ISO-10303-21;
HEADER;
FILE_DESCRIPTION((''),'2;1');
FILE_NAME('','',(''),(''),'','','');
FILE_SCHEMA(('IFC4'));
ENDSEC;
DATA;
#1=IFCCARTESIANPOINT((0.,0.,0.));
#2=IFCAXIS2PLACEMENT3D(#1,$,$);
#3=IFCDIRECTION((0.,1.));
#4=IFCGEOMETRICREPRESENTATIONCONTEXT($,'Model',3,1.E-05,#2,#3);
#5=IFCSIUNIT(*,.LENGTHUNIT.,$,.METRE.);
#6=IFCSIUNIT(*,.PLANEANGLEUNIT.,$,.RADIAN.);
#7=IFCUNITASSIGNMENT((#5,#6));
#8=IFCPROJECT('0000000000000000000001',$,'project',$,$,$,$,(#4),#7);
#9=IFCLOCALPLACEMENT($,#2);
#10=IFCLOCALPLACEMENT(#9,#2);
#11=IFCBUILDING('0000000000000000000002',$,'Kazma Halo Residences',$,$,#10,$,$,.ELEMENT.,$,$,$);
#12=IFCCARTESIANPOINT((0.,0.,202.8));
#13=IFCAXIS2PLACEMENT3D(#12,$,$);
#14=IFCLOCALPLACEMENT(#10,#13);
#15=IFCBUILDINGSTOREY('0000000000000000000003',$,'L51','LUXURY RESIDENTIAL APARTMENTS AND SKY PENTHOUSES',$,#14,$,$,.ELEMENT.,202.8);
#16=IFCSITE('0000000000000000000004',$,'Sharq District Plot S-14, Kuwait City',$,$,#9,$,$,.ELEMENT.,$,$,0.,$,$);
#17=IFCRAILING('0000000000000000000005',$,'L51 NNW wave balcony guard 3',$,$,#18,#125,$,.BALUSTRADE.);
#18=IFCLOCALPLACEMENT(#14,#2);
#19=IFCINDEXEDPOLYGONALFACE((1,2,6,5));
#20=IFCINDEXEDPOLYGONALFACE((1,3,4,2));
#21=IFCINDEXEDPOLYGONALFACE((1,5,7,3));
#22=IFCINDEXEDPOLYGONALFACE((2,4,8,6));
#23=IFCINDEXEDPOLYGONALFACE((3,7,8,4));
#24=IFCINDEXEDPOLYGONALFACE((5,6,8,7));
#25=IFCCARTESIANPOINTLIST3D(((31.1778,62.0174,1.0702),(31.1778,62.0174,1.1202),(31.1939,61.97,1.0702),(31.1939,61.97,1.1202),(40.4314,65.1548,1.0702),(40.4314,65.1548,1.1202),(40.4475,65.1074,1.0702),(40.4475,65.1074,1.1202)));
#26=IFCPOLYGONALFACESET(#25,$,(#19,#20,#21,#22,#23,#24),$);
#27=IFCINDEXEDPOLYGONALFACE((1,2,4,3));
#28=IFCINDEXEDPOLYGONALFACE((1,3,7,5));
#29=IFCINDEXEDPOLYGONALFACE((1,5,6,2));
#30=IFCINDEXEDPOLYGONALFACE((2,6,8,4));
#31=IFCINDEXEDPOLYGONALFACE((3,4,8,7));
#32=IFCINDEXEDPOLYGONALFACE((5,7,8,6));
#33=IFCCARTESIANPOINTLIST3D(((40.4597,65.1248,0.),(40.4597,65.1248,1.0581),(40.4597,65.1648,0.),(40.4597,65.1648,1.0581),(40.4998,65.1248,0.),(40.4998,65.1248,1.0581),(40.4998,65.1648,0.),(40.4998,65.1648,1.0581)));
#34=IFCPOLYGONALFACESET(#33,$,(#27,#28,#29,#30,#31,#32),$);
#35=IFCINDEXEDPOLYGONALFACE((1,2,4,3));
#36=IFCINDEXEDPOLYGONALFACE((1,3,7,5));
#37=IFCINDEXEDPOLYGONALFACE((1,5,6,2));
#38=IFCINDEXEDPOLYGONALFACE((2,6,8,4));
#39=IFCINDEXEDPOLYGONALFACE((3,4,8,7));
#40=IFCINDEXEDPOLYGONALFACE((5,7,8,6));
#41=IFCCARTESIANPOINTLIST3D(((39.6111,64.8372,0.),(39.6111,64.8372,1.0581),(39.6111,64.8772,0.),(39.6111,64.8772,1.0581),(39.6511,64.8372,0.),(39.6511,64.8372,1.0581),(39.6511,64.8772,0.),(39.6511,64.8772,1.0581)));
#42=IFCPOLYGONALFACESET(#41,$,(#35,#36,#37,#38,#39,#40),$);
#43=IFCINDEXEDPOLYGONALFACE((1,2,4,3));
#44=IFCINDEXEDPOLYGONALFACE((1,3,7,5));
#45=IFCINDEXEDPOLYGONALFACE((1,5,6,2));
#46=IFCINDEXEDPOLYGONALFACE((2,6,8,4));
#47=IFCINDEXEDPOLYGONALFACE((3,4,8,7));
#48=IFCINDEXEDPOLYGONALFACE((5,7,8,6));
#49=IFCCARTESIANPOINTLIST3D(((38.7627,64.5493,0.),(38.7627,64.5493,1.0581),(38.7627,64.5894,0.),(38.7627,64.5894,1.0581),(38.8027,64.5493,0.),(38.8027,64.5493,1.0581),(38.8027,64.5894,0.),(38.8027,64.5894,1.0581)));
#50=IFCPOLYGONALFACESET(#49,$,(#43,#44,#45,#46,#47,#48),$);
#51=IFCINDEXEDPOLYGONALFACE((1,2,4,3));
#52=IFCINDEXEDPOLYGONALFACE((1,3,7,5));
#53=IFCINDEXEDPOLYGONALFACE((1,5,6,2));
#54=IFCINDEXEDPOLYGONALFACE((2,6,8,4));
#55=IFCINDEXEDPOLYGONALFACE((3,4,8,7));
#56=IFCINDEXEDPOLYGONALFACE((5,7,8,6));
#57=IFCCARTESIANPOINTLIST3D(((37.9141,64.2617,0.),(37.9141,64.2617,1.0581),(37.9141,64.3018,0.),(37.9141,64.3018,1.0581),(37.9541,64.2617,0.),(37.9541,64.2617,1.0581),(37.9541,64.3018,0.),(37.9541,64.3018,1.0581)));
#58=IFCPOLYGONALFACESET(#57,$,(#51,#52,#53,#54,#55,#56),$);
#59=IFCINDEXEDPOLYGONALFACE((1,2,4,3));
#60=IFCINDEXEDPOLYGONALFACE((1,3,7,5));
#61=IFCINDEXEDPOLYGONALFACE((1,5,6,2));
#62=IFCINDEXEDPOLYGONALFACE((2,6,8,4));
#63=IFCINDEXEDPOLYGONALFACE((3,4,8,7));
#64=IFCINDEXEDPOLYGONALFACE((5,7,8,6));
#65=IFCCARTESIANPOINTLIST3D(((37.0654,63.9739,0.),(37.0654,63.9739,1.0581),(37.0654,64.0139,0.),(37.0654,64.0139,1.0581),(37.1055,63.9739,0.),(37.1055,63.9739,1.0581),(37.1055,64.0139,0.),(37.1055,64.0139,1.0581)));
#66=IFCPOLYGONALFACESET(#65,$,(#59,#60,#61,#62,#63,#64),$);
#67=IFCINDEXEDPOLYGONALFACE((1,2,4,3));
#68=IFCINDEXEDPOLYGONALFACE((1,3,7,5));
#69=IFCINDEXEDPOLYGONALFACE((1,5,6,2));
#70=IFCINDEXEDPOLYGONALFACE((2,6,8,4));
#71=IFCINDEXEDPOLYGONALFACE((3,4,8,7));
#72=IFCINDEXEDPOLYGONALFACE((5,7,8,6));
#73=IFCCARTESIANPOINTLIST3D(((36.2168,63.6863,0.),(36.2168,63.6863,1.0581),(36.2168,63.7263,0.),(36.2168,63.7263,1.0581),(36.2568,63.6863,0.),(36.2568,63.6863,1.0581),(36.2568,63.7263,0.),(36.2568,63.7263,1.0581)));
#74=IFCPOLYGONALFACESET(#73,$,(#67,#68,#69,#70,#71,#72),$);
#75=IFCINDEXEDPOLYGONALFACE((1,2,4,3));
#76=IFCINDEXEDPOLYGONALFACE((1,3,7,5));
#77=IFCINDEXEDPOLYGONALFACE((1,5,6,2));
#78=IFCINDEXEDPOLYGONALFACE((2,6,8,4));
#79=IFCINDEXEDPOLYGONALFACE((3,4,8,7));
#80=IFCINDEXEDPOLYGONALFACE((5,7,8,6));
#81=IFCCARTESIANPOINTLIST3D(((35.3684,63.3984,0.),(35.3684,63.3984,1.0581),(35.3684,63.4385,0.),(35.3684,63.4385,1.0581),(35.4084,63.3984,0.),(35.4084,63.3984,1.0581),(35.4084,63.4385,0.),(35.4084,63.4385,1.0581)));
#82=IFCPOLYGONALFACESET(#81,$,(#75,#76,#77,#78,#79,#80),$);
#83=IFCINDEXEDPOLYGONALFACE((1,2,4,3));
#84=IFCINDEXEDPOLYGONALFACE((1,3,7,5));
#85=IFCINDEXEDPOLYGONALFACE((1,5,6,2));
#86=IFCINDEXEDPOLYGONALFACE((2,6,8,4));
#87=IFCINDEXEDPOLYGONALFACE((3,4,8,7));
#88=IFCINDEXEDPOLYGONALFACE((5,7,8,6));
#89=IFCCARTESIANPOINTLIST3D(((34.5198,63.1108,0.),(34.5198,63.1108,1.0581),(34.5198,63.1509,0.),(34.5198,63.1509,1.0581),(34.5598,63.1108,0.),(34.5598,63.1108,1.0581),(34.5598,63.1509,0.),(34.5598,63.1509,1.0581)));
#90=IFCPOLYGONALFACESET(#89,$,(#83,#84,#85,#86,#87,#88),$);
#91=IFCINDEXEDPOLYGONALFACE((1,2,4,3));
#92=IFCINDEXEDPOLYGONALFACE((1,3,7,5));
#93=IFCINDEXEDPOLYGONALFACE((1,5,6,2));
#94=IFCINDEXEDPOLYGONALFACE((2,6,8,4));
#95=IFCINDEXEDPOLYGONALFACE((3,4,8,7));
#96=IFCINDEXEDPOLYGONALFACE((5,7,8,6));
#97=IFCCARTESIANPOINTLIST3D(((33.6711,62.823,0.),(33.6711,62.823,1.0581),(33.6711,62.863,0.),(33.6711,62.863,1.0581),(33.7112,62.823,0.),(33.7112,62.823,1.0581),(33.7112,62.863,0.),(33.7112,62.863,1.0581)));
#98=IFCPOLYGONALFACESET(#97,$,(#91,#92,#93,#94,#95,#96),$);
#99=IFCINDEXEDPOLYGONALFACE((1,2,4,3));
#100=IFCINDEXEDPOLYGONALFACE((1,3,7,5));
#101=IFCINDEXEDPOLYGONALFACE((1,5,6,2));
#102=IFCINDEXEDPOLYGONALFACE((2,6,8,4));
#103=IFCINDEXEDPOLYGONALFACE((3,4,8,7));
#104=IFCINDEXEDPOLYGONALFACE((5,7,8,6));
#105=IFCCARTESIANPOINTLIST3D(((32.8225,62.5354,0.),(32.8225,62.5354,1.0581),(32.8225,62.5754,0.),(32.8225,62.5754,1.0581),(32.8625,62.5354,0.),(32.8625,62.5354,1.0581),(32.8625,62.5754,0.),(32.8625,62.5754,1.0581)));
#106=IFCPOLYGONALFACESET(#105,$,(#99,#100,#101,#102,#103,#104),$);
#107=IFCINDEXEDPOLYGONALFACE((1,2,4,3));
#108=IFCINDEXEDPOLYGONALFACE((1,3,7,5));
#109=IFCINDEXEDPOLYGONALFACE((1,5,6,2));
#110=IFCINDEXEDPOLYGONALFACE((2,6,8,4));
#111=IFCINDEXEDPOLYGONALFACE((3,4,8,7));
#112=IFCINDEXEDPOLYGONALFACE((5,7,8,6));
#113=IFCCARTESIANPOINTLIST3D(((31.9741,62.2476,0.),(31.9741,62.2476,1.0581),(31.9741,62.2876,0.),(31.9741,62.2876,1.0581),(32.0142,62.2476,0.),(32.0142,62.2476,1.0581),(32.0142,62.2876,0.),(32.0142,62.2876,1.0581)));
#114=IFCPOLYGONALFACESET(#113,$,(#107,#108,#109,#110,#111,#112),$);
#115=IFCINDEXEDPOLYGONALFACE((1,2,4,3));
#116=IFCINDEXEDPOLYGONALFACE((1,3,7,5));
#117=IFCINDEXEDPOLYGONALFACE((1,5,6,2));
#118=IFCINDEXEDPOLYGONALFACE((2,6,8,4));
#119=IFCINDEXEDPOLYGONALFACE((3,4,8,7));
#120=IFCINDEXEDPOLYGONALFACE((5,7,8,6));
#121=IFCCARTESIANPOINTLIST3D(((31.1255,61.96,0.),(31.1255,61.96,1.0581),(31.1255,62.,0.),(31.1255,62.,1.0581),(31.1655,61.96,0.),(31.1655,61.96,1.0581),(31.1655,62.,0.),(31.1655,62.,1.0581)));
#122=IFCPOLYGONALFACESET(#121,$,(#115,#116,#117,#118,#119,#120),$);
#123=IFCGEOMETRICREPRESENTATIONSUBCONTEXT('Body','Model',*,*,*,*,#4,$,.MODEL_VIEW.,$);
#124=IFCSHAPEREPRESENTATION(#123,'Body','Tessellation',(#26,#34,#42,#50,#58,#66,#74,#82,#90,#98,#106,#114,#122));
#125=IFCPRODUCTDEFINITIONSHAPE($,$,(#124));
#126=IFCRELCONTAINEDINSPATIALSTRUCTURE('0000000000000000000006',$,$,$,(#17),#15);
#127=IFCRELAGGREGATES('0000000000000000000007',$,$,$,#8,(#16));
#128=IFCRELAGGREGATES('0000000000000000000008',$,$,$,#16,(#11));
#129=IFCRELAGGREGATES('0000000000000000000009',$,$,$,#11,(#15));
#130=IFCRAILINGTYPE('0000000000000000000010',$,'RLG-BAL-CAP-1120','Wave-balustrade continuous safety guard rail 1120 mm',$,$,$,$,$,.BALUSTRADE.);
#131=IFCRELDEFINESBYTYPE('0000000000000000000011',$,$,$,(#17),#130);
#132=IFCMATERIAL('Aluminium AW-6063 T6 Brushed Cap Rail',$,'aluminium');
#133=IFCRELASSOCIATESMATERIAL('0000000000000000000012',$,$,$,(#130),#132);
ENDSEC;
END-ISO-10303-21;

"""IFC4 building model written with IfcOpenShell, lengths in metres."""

from ifc_helpers import new_model, si_unit, direction, frame, origin, origin_2d, place, context, subcontext, project, spatial, rectangle, extrude, material, type_object, element, save


model = new_model("IFC4")

# Units and contexts
model_context = context("Model", 3, precision=1e-05, world=origin(), true_north=direction((0.0, 1.0)))
body_context = subcontext(model_context, "Body", "Model", "MODEL_VIEW")
ifc_project = project(units=[si_unit("LENGTHUNIT", "METRE"), si_unit("PLANEANGLEUNIT", "RADIAN")], contexts=[model_context])

# Site, building, storey
site_placement = place(None, origin())
site = spatial("IfcSite", under=ifc_project, at=site_placement, Name="Sharq District Plot S-14, Kuwait City", CompositionType="ELEMENT", RefElevation=0.0)
building_placement = place(site_placement, origin())
building = spatial("IfcBuilding", under=site, at=building_placement, Name="Kazma Halo Residences", CompositionType="ELEMENT")
storey_placement = place(building_placement, frame((0.0, 0.0, 202.8)))
storey = spatial("IfcBuildingStorey", under=building, at=storey_placement, Name="L51", Description="LUXURY RESIDENTIAL APARTMENTS AND SKY PENTHOUSES", CompositionType="ELEMENT", Elevation=202.8)

# Railing
ifc_material_1 = material(Name="Aluminium AW-6063 T6 Brushed Cap Rail", Category="aluminium")
railing_type = type_object("IfcRailingType", Name="RLG-BAL-CAP-1120", Description="Wave-balustrade continuous safety guard rail 1120 mm", PredefinedType="BALUSTRADE", material=ifc_material_1)
railing_placement = place(storey_placement, frame((40.4797, 65.1448, 0.0)))
element("IfcRailing", 1, at=railing_placement, inside=storey, type_object=railing_type, Name="L51 NNW wave balcony guard 3", PredefinedType="BALUSTRADE", context=body_context, shape_type="SweptSolid", body=[
    extrude(rectangle(XDim=0.05, YDim=0.05, at=origin_2d()), frame((-0.0403, -0.0137, 1.0952), z_axis=(-0.947046, -0.321098, 0.0), x_axis=(0.321098, -0.947046, 0.0)), (0.0, 0.0, 1.0), 9.771),
    extrude(rectangle(XDim=0.04, YDim=0.04, at=origin_2d()), origin(), (0.0, 0.0, 1.0), 1.0581),
    extrude(rectangle(XDim=0.04, YDim=0.04, at=origin_2d()), frame((-0.8486, -0.2876, 0.0)), (0.0, 0.0, 1.0), 1.0581),
    extrude(rectangle(XDim=0.04, YDim=0.04, at=origin_2d()), frame((-1.697, -0.5754, 0.0)), (0.0, 0.0, 1.0), 1.0581),
    extrude(rectangle(XDim=0.04, YDim=0.04, at=origin_2d()), frame((-2.5457, -0.863, 0.0)), (0.0, 0.0, 1.0), 1.0581),
    extrude(rectangle(XDim=0.04, YDim=0.04, at=origin_2d()), frame((-3.3943, -1.1509, 0.0)), (0.0, 0.0, 1.0), 1.0581),
    extrude(rectangle(XDim=0.04, YDim=0.04, at=origin_2d()), frame((-4.2429, -1.4385, 0.0)), (0.0, 0.0, 1.0), 1.0581),
    extrude(rectangle(XDim=0.04, YDim=0.04, at=origin_2d()), frame((-5.0913, -1.7263, 0.0)), (0.0, 0.0, 1.0), 1.0581),
    extrude(rectangle(XDim=0.04, YDim=0.04, at=origin_2d()), frame((-5.9399, -2.0139, 0.0)), (0.0, 0.0, 1.0), 1.0581),
    extrude(rectangle(XDim=0.04, YDim=0.04, at=origin_2d()), frame((-6.7886, -2.3018, 0.0)), (0.0, 0.0, 1.0), 1.0581),
    extrude(rectangle(XDim=0.04, YDim=0.04, at=origin_2d()), frame((-7.6372, -2.5894, 0.0)), (0.0, 0.0, 1.0), 1.0581),
    extrude(rectangle(XDim=0.04, YDim=0.04, at=origin_2d()), frame((-8.4856, -2.8772, 0.0)), (0.0, 0.0, 1.0), 1.0581),
    extrude(rectangle(XDim=0.04, YDim=0.04, at=origin_2d()), frame((-9.3342, -3.1648, 0.0)), (0.0, 0.0, 1.0), 1.0581),
])

save(model, "model.ifc")
